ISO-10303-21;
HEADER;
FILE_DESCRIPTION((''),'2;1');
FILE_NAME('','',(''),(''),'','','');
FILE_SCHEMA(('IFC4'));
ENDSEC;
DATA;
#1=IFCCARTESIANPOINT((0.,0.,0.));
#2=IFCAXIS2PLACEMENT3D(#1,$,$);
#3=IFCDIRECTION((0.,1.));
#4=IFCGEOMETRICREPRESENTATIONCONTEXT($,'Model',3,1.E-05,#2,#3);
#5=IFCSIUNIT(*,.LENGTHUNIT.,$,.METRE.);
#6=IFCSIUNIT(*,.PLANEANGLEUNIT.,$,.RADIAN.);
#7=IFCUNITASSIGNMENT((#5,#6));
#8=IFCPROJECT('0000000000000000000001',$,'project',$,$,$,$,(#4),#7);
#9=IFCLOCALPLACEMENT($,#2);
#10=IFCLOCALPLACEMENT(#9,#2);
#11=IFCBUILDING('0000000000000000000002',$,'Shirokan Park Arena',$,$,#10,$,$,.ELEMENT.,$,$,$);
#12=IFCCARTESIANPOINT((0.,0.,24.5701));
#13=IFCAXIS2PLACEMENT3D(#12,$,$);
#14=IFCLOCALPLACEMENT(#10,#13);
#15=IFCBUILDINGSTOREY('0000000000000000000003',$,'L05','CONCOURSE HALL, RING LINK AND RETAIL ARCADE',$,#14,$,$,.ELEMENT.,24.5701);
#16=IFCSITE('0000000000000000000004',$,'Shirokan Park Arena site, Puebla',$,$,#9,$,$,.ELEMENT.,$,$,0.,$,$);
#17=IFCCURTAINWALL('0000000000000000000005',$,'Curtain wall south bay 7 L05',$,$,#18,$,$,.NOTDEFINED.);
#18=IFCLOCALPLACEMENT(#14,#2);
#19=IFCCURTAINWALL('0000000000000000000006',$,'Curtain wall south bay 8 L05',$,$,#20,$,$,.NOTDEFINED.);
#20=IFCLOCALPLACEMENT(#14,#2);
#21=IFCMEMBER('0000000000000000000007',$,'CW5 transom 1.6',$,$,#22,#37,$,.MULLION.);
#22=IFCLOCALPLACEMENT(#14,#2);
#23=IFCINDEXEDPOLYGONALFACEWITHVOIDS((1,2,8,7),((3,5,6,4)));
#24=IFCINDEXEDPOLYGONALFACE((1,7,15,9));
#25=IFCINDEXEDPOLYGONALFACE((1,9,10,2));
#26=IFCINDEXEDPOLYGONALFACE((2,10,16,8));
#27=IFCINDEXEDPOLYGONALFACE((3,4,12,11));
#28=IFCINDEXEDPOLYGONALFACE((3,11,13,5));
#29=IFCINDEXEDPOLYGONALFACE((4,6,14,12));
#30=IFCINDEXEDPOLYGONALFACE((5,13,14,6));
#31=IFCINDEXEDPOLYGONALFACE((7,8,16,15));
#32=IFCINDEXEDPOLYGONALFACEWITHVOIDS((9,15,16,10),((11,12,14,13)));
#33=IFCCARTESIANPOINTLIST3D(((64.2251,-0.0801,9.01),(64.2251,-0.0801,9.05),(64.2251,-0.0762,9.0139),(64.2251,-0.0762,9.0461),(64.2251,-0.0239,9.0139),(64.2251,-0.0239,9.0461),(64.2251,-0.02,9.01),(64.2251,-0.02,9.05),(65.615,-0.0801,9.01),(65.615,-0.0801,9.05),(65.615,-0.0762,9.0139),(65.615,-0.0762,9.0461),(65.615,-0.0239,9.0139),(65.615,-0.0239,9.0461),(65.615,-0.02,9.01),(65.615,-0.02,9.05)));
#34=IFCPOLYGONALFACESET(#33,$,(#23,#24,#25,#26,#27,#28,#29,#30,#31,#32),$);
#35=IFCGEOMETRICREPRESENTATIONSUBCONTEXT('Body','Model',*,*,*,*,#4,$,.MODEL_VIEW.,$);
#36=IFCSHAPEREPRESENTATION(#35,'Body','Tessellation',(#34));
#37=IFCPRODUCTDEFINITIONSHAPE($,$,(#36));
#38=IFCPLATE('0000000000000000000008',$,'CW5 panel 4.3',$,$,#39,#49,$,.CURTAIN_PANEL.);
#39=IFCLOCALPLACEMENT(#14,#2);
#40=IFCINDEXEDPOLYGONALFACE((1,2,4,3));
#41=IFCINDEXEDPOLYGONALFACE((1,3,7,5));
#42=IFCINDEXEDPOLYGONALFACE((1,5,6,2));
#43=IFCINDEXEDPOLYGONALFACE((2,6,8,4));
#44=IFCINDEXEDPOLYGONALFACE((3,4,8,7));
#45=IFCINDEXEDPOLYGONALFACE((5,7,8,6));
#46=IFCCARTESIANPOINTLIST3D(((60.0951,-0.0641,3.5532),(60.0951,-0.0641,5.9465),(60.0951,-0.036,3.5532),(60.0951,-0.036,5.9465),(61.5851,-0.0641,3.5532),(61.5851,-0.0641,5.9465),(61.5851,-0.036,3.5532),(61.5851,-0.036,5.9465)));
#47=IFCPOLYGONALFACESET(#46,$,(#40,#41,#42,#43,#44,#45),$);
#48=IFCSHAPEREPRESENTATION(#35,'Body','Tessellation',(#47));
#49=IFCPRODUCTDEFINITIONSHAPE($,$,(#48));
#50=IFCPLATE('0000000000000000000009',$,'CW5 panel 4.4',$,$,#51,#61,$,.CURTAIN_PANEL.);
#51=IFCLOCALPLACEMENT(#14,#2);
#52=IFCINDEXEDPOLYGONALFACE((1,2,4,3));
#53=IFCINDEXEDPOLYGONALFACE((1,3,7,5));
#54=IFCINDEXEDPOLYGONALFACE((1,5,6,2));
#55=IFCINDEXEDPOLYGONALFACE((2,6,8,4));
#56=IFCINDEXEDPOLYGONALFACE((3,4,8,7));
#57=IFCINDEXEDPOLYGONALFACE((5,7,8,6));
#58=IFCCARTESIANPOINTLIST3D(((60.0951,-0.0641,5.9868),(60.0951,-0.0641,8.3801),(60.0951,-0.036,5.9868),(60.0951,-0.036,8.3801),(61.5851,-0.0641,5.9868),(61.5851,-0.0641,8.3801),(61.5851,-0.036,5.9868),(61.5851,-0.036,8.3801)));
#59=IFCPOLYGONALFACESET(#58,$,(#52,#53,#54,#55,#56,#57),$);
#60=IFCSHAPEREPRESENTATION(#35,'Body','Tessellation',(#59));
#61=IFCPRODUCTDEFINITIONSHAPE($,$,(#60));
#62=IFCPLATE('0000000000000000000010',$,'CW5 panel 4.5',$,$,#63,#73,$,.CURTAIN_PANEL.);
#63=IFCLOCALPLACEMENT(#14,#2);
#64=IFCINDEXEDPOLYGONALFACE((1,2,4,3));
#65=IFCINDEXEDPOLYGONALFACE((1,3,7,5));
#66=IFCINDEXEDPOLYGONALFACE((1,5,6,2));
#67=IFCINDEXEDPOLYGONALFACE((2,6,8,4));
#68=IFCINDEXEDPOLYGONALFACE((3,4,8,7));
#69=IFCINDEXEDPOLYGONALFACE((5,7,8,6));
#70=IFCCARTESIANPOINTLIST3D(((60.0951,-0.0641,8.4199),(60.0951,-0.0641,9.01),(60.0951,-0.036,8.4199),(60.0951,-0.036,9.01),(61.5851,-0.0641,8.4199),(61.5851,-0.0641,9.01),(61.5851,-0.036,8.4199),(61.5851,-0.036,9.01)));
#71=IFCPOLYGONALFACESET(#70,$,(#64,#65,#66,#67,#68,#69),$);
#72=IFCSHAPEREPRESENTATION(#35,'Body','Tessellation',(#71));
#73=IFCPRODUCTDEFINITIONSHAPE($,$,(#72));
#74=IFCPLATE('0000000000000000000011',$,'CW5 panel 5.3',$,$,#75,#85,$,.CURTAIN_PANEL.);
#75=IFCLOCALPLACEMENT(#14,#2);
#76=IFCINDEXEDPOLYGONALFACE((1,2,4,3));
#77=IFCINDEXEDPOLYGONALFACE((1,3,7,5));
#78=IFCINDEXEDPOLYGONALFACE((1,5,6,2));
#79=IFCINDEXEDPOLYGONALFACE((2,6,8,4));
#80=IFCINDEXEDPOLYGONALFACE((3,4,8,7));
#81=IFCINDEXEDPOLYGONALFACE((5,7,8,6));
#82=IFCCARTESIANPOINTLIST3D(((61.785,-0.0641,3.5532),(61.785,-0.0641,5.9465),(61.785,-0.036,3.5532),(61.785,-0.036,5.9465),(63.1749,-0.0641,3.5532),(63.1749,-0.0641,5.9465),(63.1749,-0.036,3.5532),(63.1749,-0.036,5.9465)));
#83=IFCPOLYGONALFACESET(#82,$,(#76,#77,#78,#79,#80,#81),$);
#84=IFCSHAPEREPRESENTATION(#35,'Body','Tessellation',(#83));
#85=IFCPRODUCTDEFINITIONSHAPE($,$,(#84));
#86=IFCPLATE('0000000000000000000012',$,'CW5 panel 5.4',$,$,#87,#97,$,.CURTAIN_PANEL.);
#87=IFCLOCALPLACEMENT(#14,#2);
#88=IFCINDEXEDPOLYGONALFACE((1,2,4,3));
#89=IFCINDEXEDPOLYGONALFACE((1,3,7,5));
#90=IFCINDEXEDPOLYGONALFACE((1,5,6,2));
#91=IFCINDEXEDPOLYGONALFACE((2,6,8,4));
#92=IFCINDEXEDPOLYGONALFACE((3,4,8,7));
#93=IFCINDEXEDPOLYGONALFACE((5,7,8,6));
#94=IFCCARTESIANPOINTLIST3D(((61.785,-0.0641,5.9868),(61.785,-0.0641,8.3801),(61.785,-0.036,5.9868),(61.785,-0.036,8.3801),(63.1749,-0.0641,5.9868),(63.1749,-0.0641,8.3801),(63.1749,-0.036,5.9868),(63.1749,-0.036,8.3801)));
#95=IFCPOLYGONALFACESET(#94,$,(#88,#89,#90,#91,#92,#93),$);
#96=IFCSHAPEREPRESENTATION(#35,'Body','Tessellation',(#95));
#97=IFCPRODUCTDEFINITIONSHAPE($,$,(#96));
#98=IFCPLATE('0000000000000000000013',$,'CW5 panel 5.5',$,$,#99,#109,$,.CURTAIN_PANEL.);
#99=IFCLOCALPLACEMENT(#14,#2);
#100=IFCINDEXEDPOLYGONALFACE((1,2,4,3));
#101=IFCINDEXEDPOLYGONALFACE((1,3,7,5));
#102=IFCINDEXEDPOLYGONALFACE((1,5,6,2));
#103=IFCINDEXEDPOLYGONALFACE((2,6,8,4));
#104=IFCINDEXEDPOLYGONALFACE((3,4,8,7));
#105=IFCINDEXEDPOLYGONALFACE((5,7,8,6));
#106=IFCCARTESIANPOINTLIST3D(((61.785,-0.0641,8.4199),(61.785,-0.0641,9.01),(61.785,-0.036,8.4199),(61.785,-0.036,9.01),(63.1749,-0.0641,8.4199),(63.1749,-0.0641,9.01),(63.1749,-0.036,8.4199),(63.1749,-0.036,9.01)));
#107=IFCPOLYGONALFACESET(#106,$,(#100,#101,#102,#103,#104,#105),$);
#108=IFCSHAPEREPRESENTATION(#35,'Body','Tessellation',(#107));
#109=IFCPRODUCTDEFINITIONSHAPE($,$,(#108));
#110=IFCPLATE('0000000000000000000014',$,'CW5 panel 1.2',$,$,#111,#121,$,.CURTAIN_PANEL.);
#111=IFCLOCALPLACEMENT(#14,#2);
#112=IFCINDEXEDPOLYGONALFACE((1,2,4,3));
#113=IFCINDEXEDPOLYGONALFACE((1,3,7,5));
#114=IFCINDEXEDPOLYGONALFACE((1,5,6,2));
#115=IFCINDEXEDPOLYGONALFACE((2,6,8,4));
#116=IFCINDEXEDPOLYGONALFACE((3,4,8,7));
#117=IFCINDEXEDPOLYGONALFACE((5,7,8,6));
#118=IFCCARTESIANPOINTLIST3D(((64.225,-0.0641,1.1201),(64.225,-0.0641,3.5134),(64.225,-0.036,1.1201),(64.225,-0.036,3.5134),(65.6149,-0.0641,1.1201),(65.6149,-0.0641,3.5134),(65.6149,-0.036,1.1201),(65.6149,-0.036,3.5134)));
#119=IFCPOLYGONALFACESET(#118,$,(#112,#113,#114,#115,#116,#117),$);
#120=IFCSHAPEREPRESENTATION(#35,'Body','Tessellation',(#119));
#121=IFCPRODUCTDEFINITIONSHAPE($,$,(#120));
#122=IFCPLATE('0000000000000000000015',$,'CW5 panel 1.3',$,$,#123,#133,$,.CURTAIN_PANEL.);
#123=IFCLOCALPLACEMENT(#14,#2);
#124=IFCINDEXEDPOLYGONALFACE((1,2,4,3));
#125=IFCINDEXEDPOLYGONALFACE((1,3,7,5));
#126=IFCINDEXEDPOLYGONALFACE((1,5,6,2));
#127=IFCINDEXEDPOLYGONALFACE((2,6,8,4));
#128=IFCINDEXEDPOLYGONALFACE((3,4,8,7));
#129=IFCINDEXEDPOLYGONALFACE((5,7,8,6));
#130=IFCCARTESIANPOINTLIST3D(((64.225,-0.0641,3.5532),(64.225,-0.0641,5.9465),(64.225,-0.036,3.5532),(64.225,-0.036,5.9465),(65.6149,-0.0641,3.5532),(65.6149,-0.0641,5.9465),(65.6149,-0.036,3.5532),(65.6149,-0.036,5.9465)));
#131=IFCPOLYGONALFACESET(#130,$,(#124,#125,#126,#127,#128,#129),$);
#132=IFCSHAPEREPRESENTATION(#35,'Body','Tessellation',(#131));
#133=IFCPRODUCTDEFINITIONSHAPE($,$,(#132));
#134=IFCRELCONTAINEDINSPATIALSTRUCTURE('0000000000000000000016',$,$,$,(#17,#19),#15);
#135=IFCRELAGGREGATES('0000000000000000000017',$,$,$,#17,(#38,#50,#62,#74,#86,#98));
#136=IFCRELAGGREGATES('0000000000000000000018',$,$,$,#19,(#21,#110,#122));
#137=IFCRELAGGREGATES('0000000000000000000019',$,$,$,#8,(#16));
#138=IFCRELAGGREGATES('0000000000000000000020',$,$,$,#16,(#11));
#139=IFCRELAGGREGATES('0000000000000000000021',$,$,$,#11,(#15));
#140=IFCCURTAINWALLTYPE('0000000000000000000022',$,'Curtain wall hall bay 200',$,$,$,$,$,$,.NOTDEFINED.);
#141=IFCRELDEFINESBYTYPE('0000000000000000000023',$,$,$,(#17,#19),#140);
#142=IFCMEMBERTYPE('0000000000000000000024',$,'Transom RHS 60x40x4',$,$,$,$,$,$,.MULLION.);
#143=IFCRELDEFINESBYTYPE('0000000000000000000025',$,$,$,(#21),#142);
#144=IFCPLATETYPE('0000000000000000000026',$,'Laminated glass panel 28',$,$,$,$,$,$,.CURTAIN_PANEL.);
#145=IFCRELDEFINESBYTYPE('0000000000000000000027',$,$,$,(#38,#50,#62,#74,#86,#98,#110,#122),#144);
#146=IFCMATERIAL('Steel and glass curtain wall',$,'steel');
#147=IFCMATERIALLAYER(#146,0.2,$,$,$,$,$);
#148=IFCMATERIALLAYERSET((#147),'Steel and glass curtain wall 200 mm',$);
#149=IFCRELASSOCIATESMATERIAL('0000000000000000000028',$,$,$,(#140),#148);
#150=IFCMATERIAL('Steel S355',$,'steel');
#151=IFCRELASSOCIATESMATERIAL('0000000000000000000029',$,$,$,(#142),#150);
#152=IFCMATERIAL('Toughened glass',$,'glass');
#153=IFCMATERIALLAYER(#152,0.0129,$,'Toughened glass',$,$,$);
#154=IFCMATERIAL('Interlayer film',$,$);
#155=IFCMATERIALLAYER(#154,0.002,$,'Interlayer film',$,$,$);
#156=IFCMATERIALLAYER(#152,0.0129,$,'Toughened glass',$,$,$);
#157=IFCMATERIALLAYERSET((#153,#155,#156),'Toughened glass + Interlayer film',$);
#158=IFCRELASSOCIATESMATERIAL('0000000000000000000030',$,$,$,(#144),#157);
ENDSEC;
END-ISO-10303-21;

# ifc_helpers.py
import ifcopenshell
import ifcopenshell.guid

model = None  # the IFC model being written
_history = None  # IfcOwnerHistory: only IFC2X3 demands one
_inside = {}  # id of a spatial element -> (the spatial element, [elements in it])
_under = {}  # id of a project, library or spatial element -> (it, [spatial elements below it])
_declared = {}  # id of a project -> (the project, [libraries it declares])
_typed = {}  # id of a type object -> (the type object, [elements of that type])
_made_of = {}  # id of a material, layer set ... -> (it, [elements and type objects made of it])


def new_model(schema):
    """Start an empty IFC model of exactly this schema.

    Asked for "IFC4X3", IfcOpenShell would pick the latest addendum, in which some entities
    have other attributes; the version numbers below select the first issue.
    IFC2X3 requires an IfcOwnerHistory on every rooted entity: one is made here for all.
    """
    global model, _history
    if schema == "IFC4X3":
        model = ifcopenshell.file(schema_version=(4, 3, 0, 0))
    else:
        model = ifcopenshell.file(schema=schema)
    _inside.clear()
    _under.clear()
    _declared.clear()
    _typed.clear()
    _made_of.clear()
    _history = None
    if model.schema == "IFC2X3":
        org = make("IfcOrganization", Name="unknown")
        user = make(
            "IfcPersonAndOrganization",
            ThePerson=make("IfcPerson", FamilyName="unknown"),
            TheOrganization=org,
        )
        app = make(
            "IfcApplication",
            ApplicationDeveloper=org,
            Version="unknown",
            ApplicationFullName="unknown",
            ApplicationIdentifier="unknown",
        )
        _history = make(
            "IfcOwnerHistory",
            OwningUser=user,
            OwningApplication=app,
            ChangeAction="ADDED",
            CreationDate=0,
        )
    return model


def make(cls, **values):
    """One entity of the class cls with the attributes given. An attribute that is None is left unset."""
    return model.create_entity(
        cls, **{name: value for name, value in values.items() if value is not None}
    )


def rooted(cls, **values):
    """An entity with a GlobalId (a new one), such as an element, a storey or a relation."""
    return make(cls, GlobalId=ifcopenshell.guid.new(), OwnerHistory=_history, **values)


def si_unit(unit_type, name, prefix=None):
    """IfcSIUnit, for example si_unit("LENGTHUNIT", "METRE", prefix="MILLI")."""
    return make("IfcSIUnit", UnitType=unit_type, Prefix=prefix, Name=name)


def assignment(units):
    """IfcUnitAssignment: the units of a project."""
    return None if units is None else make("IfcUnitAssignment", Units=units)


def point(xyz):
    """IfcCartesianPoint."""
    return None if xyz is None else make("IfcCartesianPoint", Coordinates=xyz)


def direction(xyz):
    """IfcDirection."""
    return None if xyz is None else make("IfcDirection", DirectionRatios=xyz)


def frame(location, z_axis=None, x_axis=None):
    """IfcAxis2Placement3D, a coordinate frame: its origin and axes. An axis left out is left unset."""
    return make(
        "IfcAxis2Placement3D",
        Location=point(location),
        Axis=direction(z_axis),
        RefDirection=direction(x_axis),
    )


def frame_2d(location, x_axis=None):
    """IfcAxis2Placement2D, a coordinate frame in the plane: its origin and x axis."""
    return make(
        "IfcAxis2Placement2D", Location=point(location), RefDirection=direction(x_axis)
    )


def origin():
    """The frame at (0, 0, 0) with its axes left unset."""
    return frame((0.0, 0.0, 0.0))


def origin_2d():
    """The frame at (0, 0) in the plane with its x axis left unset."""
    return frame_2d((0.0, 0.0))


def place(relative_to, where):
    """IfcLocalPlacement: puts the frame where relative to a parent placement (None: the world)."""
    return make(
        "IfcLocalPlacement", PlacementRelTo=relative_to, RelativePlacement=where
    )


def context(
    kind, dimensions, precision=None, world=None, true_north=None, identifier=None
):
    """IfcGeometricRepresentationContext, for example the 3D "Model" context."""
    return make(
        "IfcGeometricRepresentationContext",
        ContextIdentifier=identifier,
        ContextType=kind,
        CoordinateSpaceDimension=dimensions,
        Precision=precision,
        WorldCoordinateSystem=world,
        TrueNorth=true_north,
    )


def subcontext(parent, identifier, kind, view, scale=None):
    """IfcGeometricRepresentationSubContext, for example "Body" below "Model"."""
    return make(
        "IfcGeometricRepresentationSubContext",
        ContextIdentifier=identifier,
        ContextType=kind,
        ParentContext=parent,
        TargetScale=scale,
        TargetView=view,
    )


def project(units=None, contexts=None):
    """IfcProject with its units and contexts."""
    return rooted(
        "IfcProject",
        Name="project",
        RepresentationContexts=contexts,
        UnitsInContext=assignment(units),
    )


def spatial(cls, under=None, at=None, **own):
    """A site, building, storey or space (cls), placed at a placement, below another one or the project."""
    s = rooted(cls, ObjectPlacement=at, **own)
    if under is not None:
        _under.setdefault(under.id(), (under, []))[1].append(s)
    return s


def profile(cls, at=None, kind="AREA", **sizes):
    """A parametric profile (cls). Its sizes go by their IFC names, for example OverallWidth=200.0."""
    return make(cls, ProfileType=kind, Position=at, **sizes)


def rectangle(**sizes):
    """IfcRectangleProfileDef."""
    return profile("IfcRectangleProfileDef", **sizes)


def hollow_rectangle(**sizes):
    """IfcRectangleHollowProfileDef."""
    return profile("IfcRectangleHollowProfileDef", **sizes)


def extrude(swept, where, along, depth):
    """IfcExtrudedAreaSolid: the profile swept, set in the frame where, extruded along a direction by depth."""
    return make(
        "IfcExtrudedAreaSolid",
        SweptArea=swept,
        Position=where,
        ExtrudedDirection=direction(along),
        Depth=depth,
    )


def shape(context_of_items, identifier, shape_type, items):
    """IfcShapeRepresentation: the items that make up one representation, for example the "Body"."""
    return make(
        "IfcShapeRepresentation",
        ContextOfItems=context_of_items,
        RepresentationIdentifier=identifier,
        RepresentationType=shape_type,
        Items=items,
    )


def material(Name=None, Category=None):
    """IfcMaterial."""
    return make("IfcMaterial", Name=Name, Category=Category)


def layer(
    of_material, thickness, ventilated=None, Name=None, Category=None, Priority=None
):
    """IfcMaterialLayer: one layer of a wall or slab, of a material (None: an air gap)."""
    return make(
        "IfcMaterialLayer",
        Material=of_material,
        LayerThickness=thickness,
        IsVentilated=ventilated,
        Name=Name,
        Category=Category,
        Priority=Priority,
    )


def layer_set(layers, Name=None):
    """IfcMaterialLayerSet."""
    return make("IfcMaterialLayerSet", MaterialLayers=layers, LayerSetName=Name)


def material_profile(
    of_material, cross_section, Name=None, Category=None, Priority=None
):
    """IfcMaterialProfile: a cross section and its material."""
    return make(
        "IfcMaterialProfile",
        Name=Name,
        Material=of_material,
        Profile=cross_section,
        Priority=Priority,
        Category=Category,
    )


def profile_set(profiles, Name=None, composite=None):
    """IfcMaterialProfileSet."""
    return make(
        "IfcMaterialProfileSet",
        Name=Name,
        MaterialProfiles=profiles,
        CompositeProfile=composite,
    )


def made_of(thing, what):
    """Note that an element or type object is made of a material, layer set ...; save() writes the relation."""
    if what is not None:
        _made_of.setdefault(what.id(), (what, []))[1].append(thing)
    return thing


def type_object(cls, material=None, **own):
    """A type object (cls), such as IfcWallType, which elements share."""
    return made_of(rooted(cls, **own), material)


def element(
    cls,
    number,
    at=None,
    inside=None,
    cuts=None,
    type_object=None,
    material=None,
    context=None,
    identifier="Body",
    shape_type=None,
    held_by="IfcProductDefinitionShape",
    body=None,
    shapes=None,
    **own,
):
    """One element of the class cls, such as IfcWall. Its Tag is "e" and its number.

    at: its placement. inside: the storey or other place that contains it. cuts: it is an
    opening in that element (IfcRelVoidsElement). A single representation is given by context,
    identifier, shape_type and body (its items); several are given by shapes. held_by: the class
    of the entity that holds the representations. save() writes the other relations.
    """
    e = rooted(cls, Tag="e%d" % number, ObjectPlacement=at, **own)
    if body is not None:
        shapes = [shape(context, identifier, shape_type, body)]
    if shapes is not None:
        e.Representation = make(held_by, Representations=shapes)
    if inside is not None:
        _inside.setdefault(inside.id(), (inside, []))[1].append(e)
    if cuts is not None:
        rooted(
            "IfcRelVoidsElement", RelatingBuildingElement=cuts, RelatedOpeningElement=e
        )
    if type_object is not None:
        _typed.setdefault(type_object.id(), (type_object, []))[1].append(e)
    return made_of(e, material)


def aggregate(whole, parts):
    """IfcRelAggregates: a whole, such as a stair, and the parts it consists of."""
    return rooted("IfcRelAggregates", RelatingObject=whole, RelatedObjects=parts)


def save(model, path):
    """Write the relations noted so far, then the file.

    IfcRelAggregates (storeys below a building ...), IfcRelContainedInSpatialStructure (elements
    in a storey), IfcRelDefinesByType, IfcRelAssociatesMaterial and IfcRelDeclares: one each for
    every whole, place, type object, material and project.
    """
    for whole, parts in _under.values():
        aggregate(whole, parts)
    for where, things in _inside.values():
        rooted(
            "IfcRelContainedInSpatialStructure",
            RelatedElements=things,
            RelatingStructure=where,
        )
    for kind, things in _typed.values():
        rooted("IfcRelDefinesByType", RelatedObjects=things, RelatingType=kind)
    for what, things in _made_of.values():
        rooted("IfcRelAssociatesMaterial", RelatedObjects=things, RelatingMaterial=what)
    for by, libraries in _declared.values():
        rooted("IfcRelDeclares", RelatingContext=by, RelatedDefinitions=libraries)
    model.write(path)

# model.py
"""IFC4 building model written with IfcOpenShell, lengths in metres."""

from ifc_helpers import new_model, si_unit, direction, frame, origin, origin_2d, place, context, subcontext, project, spatial, rectangle, hollow_rectangle, extrude, material, layer, layer_set, material_profile, profile_set, type_object, element, aggregate, save


model = new_model("IFC4")

# Units and contexts
model_context = context("Model", 3, precision=1e-05, world=origin(), true_north=direction((0.0, 1.0)))
body_context = subcontext(model_context, "Body", "Model", "MODEL_VIEW")
ifc_project = project(units=[si_unit("LENGTHUNIT", "METRE"), si_unit("PLANEANGLEUNIT", "RADIAN")], contexts=[model_context])

# Site, building, storey
site_placement = place(None, origin())
site = spatial("IfcSite", under=ifc_project, at=site_placement, Name="Shirokan Park Arena site, Puebla", CompositionType="ELEMENT", RefElevation=0.0)
building_placement = place(site_placement, origin())
building = spatial("IfcBuilding", under=site, at=building_placement, Name="Shirokan Park Arena", CompositionType="ELEMENT")
storey_placement = place(building_placement, frame((0.0, 0.0, 24.5701)))
storey = spatial("IfcBuildingStorey", under=building, at=storey_placement, Name="L05", Description="CONCOURSE HALL, RING LINK AND RETAIL ARCADE", CompositionType="ELEMENT", Elevation=24.5701)

# Curtain walls, member
ifc_material_1 = material(Name="Steel and glass curtain wall", Category="steel")
ifc_layer_1 = layer(ifc_material_1, 0.2)
ifc_layer_set_1 = layer_set([ifc_layer_1], Name="Steel and glass curtain wall 200 mm")
curtain_wall_type = type_object("IfcCurtainWallType", Name="Curtain wall hall bay 200", PredefinedType="NOTDEFINED", material=ifc_layer_set_1)
curtain_wall_1_placement = place(storey_placement, origin())
curtain_wall_1 = element("IfcCurtainWall", 1, at=curtain_wall_1_placement, inside=storey, type_object=curtain_wall_type, Name="Curtain wall south bay 7 L05", PredefinedType="NOTDEFINED")
ifc_material_2 = material(Name="Steel S355", Category="steel")
ifc_material_profile = material_profile(ifc_material_2, hollow_rectangle(XDim=0.0601, YDim=0.04, WallThickness=0.0039, at=origin_2d()), Name="RHS 60x40x4")
ifc_profile_set = profile_set([ifc_material_profile], Name="Steel S355")
member_type = type_object("IfcMemberType", Name="Transom RHS 60x40x4", PredefinedType="MULLION", material=ifc_profile_set)
curtain_wall_2_placement = place(storey_placement, origin())
curtain_wall_2 = element("IfcCurtainWall", 2, at=curtain_wall_2_placement, inside=storey, type_object=curtain_wall_type, Name="Curtain wall south bay 8 L05", PredefinedType="NOTDEFINED")
member_1_placement = place(storey_placement, frame((64.2251, -0.05, 9.03), z_axis=(1.0, 0.0, 0.0), x_axis=(0.0, 1.0, 0.0)))
member_1 = element("IfcMember", 3, at=member_1_placement, type_object=member_type, Name="CW5 transom 1.6", PredefinedType="MULLION", context=body_context, shape_type="SweptSolid", body=[
    extrude(hollow_rectangle(XDim=0.0601, YDim=0.04, WallThickness=0.0039, at=origin_2d()), origin(), (0.0, 0.0, 1.0), 1.3899),
])

# Plates
ifc_material_3 = material(Name="Toughened glass", Category="glass")
ifc_layer_2 = layer(ifc_material_3, 0.0129, Name="Toughened glass")
ifc_material_4 = material(Name="Interlayer film")
ifc_layer_3 = layer(ifc_material_4, 0.002, Name="Interlayer film")
ifc_layer_4 = layer(ifc_material_3, 0.0129, Name="Toughened glass")
ifc_layer_set_2 = layer_set([ifc_layer_2, ifc_layer_3, ifc_layer_4], Name="Toughened glass + Interlayer film")
plate_type = type_object("IfcPlateType", Name="Laminated glass panel 28", PredefinedType="CURTAIN_PANEL", material=ifc_layer_set_2)
plate_1_placement = place(storey_placement, frame((60.8401, -0.05, 3.5532), z_axis=(0.0, 0.0, 1.0), x_axis=(1.0, 0.0, 0.0)))
plate_1 = element("IfcPlate", 4, at=plate_1_placement, type_object=plate_type, Name="CW5 panel 4.3", PredefinedType="CURTAIN_PANEL", context=body_context, shape_type="SweptSolid", body=[
    extrude(rectangle(XDim=1.49, YDim=0.0281, at=origin_2d()), origin(), (0.0, 0.0, 1.0), 2.3933),
])
plate_2_placement = place(storey_placement, frame((60.8401, -0.05, 5.9868), z_axis=(0.0, 0.0, 1.0), x_axis=(1.0, 0.0, 0.0)))
plate_2 = element("IfcPlate", 5, at=plate_2_placement, type_object=plate_type, Name="CW5 panel 4.4", PredefinedType="CURTAIN_PANEL", context=body_context, shape_type="SweptSolid", body=[
    extrude(rectangle(XDim=1.49, YDim=0.0281, at=origin_2d()), origin(), (0.0, 0.0, 1.0), 2.3933),
])
plate_3_placement = place(storey_placement, frame((60.8401, -0.05, 8.4199), z_axis=(0.0, 0.0, 1.0), x_axis=(1.0, 0.0, 0.0)))
plate_3 = element("IfcPlate", 6, at=plate_3_placement, type_object=plate_type, Name="CW5 panel 4.5", PredefinedType="CURTAIN_PANEL", context=body_context, shape_type="SweptSolid", body=[
    extrude(rectangle(XDim=1.49, YDim=0.0281, at=origin_2d()), origin(), (0.0, 0.0, 1.0), 0.5901),
])
plate_4_placement = place(storey_placement, frame((62.48, -0.05, 3.5532), z_axis=(0.0, 0.0, 1.0), x_axis=(1.0, 0.0, 0.0)))
plate_4 = element("IfcPlate", 7, at=plate_4_placement, type_object=plate_type, Name="CW5 panel 5.3", PredefinedType="CURTAIN_PANEL", context=body_context, shape_type="SweptSolid", body=[
    extrude(rectangle(XDim=1.3899, YDim=0.0281, at=origin_2d()), origin(), (0.0, 0.0, 1.0), 2.3933),
])
plate_5_placement = place(storey_placement, frame((62.48, -0.05, 5.9868), z_axis=(0.0, 0.0, 1.0), x_axis=(1.0, 0.0, 0.0)))
plate_5 = element("IfcPlate", 8, at=plate_5_placement, type_object=plate_type, Name="CW5 panel 5.4", PredefinedType="CURTAIN_PANEL", context=body_context, shape_type="SweptSolid", body=[
    extrude(rectangle(XDim=1.3899, YDim=0.0281, at=origin_2d()), origin(), (0.0, 0.0, 1.0), 2.3933),
])
plate_6_placement = place(storey_placement, frame((62.48, -0.05, 8.4199), z_axis=(0.0, 0.0, 1.0), x_axis=(1.0, 0.0, 0.0)))
plate_6 = element("IfcPlate", 9, at=plate_6_placement, type_object=plate_type, Name="CW5 panel 5.5", PredefinedType="CURTAIN_PANEL", context=body_context, shape_type="SweptSolid", body=[
    extrude(rectangle(XDim=1.3899, YDim=0.0281, at=origin_2d()), origin(), (0.0, 0.0, 1.0), 0.5901),
])
aggregate(curtain_wall_1, [plate_1, plate_2, plate_3, plate_4, plate_5, plate_6])
plate_7_placement = place(storey_placement, frame((64.9199, -0.05, 1.1201), z_axis=(0.0, 0.0, 1.0), x_axis=(1.0, 0.0, 0.0)))
plate_7 = element("IfcPlate", 10, at=plate_7_placement, type_object=plate_type, Name="CW5 panel 1.2", PredefinedType="CURTAIN_PANEL", context=body_context, shape_type="SweptSolid", body=[
    extrude(rectangle(XDim=1.3899, YDim=0.0281, at=origin_2d()), origin(), (0.0, 0.0, 1.0), 2.3933),
])
plate_8_placement = place(storey_placement, frame((64.9199, -0.05, 3.5532), z_axis=(0.0, 0.0, 1.0), x_axis=(1.0, 0.0, 0.0)))
plate_8 = element("IfcPlate", 11, at=plate_8_placement, type_object=plate_type, Name="CW5 panel 1.3", PredefinedType="CURTAIN_PANEL", context=body_context, shape_type="SweptSolid", body=[
    extrude(rectangle(XDim=1.3899, YDim=0.0281, at=origin_2d()), origin(), (0.0, 0.0, 1.0), 2.3933),
])
aggregate(curtain_wall_2, [member_1, plate_7, plate_8])

save(model, "model.ifc")
